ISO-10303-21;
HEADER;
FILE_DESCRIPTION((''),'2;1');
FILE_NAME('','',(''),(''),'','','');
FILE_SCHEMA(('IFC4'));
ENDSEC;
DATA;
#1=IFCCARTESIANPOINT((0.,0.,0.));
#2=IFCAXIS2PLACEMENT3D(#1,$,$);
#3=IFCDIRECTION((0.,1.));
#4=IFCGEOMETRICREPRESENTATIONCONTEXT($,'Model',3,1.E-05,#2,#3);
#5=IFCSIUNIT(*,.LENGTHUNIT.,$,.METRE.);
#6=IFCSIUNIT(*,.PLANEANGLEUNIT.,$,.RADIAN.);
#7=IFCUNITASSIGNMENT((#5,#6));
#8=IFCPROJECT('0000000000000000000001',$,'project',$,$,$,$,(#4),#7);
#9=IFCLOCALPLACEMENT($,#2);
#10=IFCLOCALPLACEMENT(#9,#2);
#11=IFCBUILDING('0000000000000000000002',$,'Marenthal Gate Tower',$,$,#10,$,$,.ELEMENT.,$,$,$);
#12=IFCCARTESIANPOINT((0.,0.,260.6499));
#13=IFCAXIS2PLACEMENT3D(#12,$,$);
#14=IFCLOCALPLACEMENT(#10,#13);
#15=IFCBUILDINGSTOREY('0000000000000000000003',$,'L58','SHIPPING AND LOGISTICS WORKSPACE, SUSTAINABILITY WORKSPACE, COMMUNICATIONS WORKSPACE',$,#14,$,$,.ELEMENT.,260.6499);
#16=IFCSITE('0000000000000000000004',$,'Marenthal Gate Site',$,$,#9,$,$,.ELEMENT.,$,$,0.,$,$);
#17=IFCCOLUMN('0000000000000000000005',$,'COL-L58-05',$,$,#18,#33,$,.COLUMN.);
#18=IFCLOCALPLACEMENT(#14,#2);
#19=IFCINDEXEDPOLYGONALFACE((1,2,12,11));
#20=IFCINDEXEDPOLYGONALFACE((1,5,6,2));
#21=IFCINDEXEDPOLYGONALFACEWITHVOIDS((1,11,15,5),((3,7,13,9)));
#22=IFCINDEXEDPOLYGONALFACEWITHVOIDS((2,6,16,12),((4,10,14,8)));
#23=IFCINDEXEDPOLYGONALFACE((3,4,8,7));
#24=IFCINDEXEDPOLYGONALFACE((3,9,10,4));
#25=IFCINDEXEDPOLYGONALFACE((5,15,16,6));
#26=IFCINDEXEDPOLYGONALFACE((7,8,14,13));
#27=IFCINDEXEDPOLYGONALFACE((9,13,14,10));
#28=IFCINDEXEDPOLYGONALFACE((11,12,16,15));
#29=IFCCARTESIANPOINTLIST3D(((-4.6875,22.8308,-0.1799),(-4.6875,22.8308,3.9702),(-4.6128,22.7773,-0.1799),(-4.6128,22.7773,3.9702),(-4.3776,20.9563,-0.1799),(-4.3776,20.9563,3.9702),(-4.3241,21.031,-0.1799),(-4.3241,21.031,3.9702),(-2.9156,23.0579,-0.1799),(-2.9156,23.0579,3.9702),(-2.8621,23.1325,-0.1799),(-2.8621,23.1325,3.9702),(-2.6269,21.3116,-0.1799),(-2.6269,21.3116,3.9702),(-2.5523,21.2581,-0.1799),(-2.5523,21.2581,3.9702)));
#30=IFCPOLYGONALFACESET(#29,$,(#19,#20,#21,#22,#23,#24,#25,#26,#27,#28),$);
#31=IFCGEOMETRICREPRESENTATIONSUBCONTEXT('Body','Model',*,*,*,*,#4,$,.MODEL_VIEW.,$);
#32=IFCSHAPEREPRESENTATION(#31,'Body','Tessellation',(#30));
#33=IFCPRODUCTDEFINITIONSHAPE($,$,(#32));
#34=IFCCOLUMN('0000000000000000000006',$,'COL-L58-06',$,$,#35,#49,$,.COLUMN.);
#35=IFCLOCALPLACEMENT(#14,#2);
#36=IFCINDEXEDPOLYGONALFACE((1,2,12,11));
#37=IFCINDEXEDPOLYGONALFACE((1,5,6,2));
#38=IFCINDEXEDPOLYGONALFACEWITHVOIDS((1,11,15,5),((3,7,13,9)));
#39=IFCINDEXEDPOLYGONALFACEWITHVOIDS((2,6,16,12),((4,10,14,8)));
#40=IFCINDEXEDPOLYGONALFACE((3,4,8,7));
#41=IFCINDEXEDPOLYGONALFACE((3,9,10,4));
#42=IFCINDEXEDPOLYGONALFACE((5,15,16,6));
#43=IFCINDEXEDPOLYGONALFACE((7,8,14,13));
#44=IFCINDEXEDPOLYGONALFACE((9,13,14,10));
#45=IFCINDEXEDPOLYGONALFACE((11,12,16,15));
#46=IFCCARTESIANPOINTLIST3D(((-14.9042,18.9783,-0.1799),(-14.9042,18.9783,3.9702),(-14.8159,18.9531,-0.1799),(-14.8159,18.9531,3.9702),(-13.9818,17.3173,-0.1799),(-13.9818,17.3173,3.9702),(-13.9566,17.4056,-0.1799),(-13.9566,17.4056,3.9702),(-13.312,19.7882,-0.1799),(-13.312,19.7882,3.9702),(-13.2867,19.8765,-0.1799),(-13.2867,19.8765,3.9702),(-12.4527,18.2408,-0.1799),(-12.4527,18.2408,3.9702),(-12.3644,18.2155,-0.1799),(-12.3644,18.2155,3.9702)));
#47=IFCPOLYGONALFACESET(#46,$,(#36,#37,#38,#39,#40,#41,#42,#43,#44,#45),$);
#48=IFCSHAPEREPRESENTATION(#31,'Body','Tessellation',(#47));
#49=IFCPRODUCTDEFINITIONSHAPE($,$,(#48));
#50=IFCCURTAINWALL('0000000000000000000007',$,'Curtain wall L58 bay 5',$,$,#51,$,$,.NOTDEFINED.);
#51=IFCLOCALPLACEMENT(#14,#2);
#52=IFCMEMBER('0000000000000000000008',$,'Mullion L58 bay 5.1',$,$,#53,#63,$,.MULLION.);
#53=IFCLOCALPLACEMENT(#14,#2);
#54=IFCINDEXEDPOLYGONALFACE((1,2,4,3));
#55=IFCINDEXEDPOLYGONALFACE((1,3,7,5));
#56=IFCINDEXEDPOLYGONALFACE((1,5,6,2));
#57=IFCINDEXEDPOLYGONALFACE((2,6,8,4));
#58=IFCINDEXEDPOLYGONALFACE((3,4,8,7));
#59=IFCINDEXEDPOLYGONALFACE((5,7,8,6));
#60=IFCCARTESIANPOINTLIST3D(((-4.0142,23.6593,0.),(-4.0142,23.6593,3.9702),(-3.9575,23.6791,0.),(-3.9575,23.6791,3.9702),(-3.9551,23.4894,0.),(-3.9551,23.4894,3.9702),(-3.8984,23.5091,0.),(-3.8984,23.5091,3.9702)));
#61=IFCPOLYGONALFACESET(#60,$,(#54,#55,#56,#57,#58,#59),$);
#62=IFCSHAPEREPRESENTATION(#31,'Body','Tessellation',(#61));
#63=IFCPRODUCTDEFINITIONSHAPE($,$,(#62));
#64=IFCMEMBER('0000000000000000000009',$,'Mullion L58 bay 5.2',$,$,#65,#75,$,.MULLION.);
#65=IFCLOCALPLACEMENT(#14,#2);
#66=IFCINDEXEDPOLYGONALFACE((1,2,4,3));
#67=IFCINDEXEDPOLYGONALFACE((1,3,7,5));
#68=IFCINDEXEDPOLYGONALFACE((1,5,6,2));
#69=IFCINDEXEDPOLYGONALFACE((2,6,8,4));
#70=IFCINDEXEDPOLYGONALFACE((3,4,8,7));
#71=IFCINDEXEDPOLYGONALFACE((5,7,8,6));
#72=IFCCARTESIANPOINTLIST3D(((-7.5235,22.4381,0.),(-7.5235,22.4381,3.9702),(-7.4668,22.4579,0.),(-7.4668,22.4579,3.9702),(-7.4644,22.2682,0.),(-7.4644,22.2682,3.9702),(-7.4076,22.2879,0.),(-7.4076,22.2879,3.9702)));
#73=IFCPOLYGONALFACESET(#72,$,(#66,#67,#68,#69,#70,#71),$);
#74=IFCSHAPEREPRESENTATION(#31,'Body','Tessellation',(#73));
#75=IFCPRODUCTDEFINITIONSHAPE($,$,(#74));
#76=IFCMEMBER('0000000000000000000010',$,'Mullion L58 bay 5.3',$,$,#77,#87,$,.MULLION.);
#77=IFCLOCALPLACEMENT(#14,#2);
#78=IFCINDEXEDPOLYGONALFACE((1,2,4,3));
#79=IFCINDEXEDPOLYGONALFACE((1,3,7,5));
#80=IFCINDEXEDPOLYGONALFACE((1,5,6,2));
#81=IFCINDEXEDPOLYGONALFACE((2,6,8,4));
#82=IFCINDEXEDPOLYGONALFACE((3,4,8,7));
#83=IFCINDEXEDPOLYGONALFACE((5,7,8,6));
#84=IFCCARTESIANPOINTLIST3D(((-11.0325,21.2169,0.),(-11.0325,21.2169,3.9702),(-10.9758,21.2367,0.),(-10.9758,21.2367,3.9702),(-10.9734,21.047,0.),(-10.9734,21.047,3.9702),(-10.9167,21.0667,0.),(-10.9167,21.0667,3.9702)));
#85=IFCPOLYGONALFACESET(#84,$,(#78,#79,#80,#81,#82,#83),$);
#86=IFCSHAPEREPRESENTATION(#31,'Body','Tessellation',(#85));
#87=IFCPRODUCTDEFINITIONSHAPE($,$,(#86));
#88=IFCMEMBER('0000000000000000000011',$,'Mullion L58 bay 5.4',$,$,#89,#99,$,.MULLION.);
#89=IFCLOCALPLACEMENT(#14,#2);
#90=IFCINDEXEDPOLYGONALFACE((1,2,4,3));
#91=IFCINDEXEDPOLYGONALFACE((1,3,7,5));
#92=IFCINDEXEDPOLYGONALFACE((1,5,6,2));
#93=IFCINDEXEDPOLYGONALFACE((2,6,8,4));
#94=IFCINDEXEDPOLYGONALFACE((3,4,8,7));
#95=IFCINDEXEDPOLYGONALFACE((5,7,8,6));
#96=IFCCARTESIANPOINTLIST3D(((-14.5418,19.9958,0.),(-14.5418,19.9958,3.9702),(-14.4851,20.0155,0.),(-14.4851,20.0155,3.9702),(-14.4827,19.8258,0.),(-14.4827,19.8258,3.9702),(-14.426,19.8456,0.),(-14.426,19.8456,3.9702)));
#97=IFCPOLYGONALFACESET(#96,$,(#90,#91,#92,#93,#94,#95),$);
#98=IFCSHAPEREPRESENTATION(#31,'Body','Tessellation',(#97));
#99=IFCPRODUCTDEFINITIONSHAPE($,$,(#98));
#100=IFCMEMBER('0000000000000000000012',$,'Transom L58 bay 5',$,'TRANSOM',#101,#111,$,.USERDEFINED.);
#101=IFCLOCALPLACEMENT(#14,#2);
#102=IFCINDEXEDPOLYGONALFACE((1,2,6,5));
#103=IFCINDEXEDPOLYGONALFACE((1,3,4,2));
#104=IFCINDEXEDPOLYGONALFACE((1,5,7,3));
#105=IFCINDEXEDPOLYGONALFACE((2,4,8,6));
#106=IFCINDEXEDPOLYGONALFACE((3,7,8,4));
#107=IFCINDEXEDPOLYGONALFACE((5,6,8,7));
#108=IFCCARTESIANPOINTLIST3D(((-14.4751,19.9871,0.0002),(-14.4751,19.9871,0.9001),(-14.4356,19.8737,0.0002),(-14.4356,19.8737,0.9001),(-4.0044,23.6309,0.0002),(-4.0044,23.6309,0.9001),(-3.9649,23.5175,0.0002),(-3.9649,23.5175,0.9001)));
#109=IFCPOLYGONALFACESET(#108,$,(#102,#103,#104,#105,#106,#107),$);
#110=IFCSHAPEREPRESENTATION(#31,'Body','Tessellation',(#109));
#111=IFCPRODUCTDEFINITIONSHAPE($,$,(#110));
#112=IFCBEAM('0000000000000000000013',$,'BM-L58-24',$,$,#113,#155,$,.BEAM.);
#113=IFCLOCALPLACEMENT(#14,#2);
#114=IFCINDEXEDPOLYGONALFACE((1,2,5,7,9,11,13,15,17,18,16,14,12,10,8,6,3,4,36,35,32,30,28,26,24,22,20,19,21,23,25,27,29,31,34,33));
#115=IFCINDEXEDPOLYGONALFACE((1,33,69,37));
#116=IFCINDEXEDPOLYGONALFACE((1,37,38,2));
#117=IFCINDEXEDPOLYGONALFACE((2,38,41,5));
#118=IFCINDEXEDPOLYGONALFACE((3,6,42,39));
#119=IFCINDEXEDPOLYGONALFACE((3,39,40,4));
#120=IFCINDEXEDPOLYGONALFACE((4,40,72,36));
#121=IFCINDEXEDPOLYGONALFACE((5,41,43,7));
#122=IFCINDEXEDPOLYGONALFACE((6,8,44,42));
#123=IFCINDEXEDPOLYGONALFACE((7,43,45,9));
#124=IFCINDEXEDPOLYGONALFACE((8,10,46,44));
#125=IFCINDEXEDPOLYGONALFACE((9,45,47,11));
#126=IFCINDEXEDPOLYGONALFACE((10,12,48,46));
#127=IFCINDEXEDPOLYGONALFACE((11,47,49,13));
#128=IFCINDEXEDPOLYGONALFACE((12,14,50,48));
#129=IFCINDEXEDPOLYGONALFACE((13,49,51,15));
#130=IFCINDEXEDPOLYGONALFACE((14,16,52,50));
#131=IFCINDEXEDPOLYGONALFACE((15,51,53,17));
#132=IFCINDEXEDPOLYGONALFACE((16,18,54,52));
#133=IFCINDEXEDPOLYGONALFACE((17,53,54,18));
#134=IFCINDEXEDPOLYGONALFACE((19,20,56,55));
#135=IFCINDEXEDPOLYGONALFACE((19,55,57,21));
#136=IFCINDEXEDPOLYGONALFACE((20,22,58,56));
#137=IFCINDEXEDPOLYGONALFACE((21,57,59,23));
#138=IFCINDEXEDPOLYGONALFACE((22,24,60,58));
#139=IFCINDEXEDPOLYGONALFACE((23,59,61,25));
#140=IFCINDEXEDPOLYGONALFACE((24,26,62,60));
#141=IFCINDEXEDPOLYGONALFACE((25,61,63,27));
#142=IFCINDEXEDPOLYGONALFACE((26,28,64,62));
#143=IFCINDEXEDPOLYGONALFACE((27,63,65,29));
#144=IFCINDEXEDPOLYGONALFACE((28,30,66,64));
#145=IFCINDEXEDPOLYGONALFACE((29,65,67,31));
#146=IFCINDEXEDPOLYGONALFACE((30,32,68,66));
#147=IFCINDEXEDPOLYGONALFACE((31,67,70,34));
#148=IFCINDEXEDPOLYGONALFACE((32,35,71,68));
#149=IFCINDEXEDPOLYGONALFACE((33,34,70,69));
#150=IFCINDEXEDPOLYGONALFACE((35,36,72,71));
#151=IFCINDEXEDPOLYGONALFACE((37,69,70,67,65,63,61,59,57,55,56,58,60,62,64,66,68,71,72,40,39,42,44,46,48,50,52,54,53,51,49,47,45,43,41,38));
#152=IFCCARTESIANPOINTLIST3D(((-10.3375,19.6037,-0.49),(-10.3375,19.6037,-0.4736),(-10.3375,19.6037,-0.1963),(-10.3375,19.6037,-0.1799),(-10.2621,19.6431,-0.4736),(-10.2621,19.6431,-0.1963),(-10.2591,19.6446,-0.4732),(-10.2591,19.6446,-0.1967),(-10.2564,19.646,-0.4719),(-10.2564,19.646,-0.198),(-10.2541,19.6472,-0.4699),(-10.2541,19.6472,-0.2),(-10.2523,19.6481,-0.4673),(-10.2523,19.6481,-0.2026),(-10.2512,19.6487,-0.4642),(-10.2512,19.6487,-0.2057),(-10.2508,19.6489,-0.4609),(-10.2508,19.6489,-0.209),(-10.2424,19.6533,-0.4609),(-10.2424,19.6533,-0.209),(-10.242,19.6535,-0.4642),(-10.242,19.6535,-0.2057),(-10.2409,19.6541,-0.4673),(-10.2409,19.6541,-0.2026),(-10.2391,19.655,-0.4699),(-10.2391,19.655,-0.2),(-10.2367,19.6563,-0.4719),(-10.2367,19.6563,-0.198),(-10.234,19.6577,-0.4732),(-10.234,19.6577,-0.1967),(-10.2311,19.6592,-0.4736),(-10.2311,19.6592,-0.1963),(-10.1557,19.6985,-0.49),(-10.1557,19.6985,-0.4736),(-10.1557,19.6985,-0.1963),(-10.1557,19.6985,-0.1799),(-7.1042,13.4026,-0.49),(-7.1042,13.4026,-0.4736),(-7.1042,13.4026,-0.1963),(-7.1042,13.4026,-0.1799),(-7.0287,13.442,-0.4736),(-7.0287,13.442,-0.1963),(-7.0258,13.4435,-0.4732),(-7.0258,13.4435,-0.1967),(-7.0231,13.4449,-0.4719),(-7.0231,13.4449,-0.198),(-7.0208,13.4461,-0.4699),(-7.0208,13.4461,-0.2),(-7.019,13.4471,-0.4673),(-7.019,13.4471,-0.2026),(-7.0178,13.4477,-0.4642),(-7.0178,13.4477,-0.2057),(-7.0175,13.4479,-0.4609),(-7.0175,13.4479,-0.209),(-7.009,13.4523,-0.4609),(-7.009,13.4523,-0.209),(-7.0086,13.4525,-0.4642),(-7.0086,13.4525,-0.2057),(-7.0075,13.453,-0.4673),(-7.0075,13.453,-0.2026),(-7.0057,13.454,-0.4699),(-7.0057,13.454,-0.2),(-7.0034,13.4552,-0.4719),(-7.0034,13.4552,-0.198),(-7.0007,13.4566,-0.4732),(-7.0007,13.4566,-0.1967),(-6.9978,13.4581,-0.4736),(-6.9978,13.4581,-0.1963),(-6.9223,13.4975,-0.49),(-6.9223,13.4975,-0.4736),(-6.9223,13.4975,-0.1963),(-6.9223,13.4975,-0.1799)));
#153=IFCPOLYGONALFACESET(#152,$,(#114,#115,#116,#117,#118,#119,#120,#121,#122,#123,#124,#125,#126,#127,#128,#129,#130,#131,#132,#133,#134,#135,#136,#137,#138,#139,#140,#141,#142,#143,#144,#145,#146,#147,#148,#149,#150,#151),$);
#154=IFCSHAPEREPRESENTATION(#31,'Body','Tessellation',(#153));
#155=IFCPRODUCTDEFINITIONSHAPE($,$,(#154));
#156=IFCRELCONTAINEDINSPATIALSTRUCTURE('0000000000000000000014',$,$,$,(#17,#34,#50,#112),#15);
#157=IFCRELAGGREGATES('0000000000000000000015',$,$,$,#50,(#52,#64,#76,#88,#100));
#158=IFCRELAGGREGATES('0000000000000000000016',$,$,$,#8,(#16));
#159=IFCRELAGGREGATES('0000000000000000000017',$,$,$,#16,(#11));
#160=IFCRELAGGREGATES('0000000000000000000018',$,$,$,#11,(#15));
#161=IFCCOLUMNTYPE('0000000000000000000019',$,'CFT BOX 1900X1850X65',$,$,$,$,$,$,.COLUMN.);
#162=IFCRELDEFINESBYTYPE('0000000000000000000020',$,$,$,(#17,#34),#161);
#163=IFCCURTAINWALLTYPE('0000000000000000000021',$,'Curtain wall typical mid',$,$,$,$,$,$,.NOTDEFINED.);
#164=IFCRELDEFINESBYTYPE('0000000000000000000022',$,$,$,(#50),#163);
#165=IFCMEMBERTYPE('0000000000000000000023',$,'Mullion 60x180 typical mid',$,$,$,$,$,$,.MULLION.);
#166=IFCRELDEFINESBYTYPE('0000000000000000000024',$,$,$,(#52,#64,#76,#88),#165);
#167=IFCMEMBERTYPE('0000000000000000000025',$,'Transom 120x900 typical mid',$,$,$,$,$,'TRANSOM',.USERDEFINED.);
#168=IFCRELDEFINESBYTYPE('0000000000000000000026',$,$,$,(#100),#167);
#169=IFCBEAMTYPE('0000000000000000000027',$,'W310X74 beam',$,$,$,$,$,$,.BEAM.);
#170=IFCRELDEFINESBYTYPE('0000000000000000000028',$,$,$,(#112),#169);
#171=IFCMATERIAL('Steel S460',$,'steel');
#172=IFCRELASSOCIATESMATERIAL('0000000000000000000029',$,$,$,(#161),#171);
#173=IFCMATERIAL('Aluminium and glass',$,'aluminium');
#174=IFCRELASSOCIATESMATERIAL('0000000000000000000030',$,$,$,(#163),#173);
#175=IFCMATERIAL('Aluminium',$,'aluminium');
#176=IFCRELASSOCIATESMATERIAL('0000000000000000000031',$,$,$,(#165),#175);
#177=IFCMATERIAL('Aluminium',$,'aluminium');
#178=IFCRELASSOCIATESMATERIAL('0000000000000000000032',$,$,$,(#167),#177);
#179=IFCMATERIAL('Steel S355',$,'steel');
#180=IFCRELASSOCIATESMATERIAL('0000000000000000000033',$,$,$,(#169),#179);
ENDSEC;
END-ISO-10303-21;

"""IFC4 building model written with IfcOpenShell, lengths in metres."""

from ifc_helpers import new_model, si_unit, direction, frame, origin, origin_2d, place, context, subcontext, project, spatial, rectangle, hollow_rectangle, i_section, extrude, material, material_profile, profile_set, type_object, element, aggregate, save


model = new_model("IFC4")

# Units and contexts
model_context = context("Model", 3, precision=1e-05, world=origin(), true_north=direction((0.0, 1.0)))
body_context = subcontext(model_context, "Body", "Model", "MODEL_VIEW")
ifc_project = project(units=[si_unit("LENGTHUNIT", "METRE"), si_unit("PLANEANGLEUNIT", "RADIAN")], contexts=[model_context])

# Site, building, storey
site_placement = place(None, origin())
site = spatial("IfcSite", under=ifc_project, at=site_placement, Name="Marenthal Gate Site", CompositionType="ELEMENT", RefElevation=0.0)
building_placement = place(site_placement, origin())
building = spatial("IfcBuilding", under=site, at=building_placement, Name="Marenthal Gate Tower", CompositionType="ELEMENT")
storey_placement = place(building_placement, frame((0.0, 0.0, 260.6499)))
storey = spatial("IfcBuildingStorey", under=building, at=storey_placement, Name="L58", Description="SHIPPING AND LOGISTICS WORKSPACE, SUSTAINABILITY WORKSPACE, COMMUNICATIONS WORKSPACE", CompositionType="ELEMENT", Elevation=260.6499)

# Columns
ifc_material_1 = material(Name="Steel S460", Category="steel")
ifc_material_profile_1 = material_profile(ifc_material_1, hollow_rectangle(XDim=1.8501, YDim=1.8999, WallThickness=0.0649, at=origin_2d()), Name="CFT BOX 1900X1850X65")
ifc_material_2 = material(Name="Concrete 70 MPa", Category="concrete")
ifc_material_profile_2 = material_profile(ifc_material_2, rectangle(XDim=1.72, YDim=1.77, at=origin_2d()), Name="CFT BOX 1900X1850X65 INFILL")
ifc_profile_set_1 = profile_set([ifc_material_profile_1, ifc_material_profile_2], Name="Steel S460 shell, Concrete 70 MPa infill")
column_type = type_object("IfcColumnType", Name="CFT BOX 1900X1850X65", PredefinedType="COLUMN", material=ifc_profile_set_1)
for number, where, z_axis, x_axis, name in (
    (1, (-3.6199, 22.0444, -0.1799), (0.0, 0.0, 1.0), (0.98661, 0.163097, 0.0), "COL-L58-05"),
    (2, (-13.6343, 18.5969, -0.1799), (0.0, 0.0, 1.0), (0.874251, 0.485475, 0.0), "COL-L58-06"),
):
    element("IfcColumn", number, at=place(storey_placement, frame(where, z_axis=z_axis, x_axis=x_axis)), inside=storey, type_object=column_type, Name=name, PredefinedType="COLUMN", context=body_context, shape_type="SweptSolid", body=[
        extrude(hollow_rectangle(XDim=1.8501, YDim=1.8999, WallThickness=0.0649, at=origin_2d()), origin(), (0.0, 0.0, 1.0), 4.1501),
    ])

# Curtain wall, members
ifc_material_3 = material(Name="Aluminium and glass", Category="aluminium")
curtain_wall_type = type_object("IfcCurtainWallType", Name="Curtain wall typical mid", PredefinedType="NOTDEFINED", material=ifc_material_3)
curtain_wall_placement = place(storey_placement, origin())
curtain_wall = element("IfcCurtainWall", 3, at=curtain_wall_placement, inside=storey, type_object=curtain_wall_type, Name="Curtain wall L58 bay 5", PredefinedType="NOTDEFINED")
ifc_material_4 = material(Name="Aluminium", Category="aluminium")
ifc_material_profile_3 = material_profile(ifc_material_4, rectangle(XDim=0.1799, YDim=0.0601, at=origin_2d()), Name="60x180 aluminium mullion")
ifc_profile_set_2 = profile_set([ifc_material_profile_3], Name="Aluminium")
member_type_1 = type_object("IfcMemberType", Name="Mullion 60x180 typical mid", PredefinedType="MULLION", material=ifc_profile_set_2)
member_1_placement = place(storey_placement, frame((-3.9563, 23.5842, 0.0), z_axis=(0.0, 0.0, 1.0), x_axis=(0.32867, -0.944445, 0.0)))
member_1 = element("IfcMember", 4, at=member_1_placement, type_object=member_type_1, Name="Mullion L58 bay 5.1", PredefinedType="MULLION", context=body_context, shape_type="SweptSolid", body=[
    extrude(rectangle(XDim=0.1799, YDim=0.0601, at=origin_2d()), origin(), (0.0, 0.0, 1.0), 3.9702),
])
member_2_placement = place(storey_placement, frame((-7.4656, 22.363, 0.0), z_axis=(0.0, 0.0, 1.0), x_axis=(0.32867, -0.944445, 0.0)))
member_2 = element("IfcMember", 5, at=member_2_placement, type_object=member_type_1, Name="Mullion L58 bay 5.2", PredefinedType="MULLION", context=body_context, shape_type="SweptSolid", body=[
    extrude(rectangle(XDim=0.1799, YDim=0.0601, at=origin_2d()), origin(), (0.0, 0.0, 1.0), 3.9702),
])
member_3_placement = place(storey_placement, frame((-10.9746, 21.1418, 0.0), z_axis=(0.0, 0.0, 1.0), x_axis=(0.32867, -0.944445, 0.0)))
member_3 = element("IfcMember", 6, at=member_3_placement, type_object=member_type_1, Name="Mullion L58 bay 5.3", PredefinedType="MULLION", context=body_context, shape_type="SweptSolid", body=[
    extrude(rectangle(XDim=0.1799, YDim=0.0601, at=origin_2d()), origin(), (0.0, 0.0, 1.0), 3.9702),
])
member_4_placement = place(storey_placement, frame((-14.4839, 19.9207, 0.0), z_axis=(0.0, 0.0, 1.0), x_axis=(0.32867, -0.944445, 0.0)))
member_4 = element("IfcMember", 7, at=member_4_placement, type_object=member_type_1, Name="Mullion L58 bay 5.4", PredefinedType="MULLION", context=body_context, shape_type="SweptSolid", body=[
    extrude(rectangle(XDim=0.1799, YDim=0.0601, at=origin_2d()), origin(), (0.0, 0.0, 1.0), 3.9702),
])
ifc_material_5 = material(Name="Aluminium", Category="aluminium")
ifc_material_profile_4 = material_profile(ifc_material_5, rectangle(XDim=0.1201, YDim=0.8999, at=origin_2d()), Name="120x900 aluminium transom")
ifc_profile_set_3 = profile_set([ifc_material_profile_4], Name="Aluminium")
member_type_2 = type_object("IfcMemberType", Name="Transom 120x900 typical mid", ElementType="TRANSOM", PredefinedType="USERDEFINED", material=ifc_profile_set_3)
member_5_placement = place(storey_placement, frame((-3.9846, 23.5742, 0.4502), z_axis=(-0.944446, -0.328667, 0.0), x_axis=(0.328667, -0.944446, 0.0)))
member_5 = element("IfcMember", 8, at=member_5_placement, type_object=member_type_2, Name="Transom L58 bay 5", ObjectType="TRANSOM", PredefinedType="USERDEFINED", context=body_context, shape_type="SweptSolid", body=[
    extrude(rectangle(XDim=0.1201, YDim=0.8999, at=origin_2d()), origin(), (0.0, 0.0, 1.0), 11.0867),
])

# Beam
ifc_material_6 = material(Name="Steel S355", Category="steel")
ifc_material_profile_5 = material_profile(ifc_material_6, i_section(OverallWidth=0.2051, OverallDepth=0.3101, WebThickness=0.0095, FlangeThickness=0.0164, FilletRadius=0.0127, at=origin_2d()), Name="W310X74")
ifc_profile_set_4 = profile_set([ifc_material_profile_5], Name="Steel S355")
beam_type_1 = type_object("IfcBeamType", Name="W310X74 beam", PredefinedType="BEAM", material=ifc_profile_set_4)
beam_1_placement = place(storey_placement, frame((-10.2466, 19.6511, -0.335), z_axis=(0.462342, -0.886702, 0.0), x_axis=(0.886702, 0.462342, 0.0)))
element("IfcBeam", 9, at=beam_1_placement, inside=storey, type_object=beam_type_1, Name="BM-L58-24", PredefinedType="BEAM", context=body_context, shape_type="SweptSolid", body=[
    extrude(i_section(OverallWidth=0.2051, OverallDepth=0.3101, WebThickness=0.0095, FlangeThickness=0.0164, FilletRadius=0.0127, at=origin_2d()), origin(), (0.0, 0.0, 1.0), 6.9934),
])

aggregate(curtain_wall, [member_1, member_2, member_3, member_4, member_5])

save(model, "model.ifc")
